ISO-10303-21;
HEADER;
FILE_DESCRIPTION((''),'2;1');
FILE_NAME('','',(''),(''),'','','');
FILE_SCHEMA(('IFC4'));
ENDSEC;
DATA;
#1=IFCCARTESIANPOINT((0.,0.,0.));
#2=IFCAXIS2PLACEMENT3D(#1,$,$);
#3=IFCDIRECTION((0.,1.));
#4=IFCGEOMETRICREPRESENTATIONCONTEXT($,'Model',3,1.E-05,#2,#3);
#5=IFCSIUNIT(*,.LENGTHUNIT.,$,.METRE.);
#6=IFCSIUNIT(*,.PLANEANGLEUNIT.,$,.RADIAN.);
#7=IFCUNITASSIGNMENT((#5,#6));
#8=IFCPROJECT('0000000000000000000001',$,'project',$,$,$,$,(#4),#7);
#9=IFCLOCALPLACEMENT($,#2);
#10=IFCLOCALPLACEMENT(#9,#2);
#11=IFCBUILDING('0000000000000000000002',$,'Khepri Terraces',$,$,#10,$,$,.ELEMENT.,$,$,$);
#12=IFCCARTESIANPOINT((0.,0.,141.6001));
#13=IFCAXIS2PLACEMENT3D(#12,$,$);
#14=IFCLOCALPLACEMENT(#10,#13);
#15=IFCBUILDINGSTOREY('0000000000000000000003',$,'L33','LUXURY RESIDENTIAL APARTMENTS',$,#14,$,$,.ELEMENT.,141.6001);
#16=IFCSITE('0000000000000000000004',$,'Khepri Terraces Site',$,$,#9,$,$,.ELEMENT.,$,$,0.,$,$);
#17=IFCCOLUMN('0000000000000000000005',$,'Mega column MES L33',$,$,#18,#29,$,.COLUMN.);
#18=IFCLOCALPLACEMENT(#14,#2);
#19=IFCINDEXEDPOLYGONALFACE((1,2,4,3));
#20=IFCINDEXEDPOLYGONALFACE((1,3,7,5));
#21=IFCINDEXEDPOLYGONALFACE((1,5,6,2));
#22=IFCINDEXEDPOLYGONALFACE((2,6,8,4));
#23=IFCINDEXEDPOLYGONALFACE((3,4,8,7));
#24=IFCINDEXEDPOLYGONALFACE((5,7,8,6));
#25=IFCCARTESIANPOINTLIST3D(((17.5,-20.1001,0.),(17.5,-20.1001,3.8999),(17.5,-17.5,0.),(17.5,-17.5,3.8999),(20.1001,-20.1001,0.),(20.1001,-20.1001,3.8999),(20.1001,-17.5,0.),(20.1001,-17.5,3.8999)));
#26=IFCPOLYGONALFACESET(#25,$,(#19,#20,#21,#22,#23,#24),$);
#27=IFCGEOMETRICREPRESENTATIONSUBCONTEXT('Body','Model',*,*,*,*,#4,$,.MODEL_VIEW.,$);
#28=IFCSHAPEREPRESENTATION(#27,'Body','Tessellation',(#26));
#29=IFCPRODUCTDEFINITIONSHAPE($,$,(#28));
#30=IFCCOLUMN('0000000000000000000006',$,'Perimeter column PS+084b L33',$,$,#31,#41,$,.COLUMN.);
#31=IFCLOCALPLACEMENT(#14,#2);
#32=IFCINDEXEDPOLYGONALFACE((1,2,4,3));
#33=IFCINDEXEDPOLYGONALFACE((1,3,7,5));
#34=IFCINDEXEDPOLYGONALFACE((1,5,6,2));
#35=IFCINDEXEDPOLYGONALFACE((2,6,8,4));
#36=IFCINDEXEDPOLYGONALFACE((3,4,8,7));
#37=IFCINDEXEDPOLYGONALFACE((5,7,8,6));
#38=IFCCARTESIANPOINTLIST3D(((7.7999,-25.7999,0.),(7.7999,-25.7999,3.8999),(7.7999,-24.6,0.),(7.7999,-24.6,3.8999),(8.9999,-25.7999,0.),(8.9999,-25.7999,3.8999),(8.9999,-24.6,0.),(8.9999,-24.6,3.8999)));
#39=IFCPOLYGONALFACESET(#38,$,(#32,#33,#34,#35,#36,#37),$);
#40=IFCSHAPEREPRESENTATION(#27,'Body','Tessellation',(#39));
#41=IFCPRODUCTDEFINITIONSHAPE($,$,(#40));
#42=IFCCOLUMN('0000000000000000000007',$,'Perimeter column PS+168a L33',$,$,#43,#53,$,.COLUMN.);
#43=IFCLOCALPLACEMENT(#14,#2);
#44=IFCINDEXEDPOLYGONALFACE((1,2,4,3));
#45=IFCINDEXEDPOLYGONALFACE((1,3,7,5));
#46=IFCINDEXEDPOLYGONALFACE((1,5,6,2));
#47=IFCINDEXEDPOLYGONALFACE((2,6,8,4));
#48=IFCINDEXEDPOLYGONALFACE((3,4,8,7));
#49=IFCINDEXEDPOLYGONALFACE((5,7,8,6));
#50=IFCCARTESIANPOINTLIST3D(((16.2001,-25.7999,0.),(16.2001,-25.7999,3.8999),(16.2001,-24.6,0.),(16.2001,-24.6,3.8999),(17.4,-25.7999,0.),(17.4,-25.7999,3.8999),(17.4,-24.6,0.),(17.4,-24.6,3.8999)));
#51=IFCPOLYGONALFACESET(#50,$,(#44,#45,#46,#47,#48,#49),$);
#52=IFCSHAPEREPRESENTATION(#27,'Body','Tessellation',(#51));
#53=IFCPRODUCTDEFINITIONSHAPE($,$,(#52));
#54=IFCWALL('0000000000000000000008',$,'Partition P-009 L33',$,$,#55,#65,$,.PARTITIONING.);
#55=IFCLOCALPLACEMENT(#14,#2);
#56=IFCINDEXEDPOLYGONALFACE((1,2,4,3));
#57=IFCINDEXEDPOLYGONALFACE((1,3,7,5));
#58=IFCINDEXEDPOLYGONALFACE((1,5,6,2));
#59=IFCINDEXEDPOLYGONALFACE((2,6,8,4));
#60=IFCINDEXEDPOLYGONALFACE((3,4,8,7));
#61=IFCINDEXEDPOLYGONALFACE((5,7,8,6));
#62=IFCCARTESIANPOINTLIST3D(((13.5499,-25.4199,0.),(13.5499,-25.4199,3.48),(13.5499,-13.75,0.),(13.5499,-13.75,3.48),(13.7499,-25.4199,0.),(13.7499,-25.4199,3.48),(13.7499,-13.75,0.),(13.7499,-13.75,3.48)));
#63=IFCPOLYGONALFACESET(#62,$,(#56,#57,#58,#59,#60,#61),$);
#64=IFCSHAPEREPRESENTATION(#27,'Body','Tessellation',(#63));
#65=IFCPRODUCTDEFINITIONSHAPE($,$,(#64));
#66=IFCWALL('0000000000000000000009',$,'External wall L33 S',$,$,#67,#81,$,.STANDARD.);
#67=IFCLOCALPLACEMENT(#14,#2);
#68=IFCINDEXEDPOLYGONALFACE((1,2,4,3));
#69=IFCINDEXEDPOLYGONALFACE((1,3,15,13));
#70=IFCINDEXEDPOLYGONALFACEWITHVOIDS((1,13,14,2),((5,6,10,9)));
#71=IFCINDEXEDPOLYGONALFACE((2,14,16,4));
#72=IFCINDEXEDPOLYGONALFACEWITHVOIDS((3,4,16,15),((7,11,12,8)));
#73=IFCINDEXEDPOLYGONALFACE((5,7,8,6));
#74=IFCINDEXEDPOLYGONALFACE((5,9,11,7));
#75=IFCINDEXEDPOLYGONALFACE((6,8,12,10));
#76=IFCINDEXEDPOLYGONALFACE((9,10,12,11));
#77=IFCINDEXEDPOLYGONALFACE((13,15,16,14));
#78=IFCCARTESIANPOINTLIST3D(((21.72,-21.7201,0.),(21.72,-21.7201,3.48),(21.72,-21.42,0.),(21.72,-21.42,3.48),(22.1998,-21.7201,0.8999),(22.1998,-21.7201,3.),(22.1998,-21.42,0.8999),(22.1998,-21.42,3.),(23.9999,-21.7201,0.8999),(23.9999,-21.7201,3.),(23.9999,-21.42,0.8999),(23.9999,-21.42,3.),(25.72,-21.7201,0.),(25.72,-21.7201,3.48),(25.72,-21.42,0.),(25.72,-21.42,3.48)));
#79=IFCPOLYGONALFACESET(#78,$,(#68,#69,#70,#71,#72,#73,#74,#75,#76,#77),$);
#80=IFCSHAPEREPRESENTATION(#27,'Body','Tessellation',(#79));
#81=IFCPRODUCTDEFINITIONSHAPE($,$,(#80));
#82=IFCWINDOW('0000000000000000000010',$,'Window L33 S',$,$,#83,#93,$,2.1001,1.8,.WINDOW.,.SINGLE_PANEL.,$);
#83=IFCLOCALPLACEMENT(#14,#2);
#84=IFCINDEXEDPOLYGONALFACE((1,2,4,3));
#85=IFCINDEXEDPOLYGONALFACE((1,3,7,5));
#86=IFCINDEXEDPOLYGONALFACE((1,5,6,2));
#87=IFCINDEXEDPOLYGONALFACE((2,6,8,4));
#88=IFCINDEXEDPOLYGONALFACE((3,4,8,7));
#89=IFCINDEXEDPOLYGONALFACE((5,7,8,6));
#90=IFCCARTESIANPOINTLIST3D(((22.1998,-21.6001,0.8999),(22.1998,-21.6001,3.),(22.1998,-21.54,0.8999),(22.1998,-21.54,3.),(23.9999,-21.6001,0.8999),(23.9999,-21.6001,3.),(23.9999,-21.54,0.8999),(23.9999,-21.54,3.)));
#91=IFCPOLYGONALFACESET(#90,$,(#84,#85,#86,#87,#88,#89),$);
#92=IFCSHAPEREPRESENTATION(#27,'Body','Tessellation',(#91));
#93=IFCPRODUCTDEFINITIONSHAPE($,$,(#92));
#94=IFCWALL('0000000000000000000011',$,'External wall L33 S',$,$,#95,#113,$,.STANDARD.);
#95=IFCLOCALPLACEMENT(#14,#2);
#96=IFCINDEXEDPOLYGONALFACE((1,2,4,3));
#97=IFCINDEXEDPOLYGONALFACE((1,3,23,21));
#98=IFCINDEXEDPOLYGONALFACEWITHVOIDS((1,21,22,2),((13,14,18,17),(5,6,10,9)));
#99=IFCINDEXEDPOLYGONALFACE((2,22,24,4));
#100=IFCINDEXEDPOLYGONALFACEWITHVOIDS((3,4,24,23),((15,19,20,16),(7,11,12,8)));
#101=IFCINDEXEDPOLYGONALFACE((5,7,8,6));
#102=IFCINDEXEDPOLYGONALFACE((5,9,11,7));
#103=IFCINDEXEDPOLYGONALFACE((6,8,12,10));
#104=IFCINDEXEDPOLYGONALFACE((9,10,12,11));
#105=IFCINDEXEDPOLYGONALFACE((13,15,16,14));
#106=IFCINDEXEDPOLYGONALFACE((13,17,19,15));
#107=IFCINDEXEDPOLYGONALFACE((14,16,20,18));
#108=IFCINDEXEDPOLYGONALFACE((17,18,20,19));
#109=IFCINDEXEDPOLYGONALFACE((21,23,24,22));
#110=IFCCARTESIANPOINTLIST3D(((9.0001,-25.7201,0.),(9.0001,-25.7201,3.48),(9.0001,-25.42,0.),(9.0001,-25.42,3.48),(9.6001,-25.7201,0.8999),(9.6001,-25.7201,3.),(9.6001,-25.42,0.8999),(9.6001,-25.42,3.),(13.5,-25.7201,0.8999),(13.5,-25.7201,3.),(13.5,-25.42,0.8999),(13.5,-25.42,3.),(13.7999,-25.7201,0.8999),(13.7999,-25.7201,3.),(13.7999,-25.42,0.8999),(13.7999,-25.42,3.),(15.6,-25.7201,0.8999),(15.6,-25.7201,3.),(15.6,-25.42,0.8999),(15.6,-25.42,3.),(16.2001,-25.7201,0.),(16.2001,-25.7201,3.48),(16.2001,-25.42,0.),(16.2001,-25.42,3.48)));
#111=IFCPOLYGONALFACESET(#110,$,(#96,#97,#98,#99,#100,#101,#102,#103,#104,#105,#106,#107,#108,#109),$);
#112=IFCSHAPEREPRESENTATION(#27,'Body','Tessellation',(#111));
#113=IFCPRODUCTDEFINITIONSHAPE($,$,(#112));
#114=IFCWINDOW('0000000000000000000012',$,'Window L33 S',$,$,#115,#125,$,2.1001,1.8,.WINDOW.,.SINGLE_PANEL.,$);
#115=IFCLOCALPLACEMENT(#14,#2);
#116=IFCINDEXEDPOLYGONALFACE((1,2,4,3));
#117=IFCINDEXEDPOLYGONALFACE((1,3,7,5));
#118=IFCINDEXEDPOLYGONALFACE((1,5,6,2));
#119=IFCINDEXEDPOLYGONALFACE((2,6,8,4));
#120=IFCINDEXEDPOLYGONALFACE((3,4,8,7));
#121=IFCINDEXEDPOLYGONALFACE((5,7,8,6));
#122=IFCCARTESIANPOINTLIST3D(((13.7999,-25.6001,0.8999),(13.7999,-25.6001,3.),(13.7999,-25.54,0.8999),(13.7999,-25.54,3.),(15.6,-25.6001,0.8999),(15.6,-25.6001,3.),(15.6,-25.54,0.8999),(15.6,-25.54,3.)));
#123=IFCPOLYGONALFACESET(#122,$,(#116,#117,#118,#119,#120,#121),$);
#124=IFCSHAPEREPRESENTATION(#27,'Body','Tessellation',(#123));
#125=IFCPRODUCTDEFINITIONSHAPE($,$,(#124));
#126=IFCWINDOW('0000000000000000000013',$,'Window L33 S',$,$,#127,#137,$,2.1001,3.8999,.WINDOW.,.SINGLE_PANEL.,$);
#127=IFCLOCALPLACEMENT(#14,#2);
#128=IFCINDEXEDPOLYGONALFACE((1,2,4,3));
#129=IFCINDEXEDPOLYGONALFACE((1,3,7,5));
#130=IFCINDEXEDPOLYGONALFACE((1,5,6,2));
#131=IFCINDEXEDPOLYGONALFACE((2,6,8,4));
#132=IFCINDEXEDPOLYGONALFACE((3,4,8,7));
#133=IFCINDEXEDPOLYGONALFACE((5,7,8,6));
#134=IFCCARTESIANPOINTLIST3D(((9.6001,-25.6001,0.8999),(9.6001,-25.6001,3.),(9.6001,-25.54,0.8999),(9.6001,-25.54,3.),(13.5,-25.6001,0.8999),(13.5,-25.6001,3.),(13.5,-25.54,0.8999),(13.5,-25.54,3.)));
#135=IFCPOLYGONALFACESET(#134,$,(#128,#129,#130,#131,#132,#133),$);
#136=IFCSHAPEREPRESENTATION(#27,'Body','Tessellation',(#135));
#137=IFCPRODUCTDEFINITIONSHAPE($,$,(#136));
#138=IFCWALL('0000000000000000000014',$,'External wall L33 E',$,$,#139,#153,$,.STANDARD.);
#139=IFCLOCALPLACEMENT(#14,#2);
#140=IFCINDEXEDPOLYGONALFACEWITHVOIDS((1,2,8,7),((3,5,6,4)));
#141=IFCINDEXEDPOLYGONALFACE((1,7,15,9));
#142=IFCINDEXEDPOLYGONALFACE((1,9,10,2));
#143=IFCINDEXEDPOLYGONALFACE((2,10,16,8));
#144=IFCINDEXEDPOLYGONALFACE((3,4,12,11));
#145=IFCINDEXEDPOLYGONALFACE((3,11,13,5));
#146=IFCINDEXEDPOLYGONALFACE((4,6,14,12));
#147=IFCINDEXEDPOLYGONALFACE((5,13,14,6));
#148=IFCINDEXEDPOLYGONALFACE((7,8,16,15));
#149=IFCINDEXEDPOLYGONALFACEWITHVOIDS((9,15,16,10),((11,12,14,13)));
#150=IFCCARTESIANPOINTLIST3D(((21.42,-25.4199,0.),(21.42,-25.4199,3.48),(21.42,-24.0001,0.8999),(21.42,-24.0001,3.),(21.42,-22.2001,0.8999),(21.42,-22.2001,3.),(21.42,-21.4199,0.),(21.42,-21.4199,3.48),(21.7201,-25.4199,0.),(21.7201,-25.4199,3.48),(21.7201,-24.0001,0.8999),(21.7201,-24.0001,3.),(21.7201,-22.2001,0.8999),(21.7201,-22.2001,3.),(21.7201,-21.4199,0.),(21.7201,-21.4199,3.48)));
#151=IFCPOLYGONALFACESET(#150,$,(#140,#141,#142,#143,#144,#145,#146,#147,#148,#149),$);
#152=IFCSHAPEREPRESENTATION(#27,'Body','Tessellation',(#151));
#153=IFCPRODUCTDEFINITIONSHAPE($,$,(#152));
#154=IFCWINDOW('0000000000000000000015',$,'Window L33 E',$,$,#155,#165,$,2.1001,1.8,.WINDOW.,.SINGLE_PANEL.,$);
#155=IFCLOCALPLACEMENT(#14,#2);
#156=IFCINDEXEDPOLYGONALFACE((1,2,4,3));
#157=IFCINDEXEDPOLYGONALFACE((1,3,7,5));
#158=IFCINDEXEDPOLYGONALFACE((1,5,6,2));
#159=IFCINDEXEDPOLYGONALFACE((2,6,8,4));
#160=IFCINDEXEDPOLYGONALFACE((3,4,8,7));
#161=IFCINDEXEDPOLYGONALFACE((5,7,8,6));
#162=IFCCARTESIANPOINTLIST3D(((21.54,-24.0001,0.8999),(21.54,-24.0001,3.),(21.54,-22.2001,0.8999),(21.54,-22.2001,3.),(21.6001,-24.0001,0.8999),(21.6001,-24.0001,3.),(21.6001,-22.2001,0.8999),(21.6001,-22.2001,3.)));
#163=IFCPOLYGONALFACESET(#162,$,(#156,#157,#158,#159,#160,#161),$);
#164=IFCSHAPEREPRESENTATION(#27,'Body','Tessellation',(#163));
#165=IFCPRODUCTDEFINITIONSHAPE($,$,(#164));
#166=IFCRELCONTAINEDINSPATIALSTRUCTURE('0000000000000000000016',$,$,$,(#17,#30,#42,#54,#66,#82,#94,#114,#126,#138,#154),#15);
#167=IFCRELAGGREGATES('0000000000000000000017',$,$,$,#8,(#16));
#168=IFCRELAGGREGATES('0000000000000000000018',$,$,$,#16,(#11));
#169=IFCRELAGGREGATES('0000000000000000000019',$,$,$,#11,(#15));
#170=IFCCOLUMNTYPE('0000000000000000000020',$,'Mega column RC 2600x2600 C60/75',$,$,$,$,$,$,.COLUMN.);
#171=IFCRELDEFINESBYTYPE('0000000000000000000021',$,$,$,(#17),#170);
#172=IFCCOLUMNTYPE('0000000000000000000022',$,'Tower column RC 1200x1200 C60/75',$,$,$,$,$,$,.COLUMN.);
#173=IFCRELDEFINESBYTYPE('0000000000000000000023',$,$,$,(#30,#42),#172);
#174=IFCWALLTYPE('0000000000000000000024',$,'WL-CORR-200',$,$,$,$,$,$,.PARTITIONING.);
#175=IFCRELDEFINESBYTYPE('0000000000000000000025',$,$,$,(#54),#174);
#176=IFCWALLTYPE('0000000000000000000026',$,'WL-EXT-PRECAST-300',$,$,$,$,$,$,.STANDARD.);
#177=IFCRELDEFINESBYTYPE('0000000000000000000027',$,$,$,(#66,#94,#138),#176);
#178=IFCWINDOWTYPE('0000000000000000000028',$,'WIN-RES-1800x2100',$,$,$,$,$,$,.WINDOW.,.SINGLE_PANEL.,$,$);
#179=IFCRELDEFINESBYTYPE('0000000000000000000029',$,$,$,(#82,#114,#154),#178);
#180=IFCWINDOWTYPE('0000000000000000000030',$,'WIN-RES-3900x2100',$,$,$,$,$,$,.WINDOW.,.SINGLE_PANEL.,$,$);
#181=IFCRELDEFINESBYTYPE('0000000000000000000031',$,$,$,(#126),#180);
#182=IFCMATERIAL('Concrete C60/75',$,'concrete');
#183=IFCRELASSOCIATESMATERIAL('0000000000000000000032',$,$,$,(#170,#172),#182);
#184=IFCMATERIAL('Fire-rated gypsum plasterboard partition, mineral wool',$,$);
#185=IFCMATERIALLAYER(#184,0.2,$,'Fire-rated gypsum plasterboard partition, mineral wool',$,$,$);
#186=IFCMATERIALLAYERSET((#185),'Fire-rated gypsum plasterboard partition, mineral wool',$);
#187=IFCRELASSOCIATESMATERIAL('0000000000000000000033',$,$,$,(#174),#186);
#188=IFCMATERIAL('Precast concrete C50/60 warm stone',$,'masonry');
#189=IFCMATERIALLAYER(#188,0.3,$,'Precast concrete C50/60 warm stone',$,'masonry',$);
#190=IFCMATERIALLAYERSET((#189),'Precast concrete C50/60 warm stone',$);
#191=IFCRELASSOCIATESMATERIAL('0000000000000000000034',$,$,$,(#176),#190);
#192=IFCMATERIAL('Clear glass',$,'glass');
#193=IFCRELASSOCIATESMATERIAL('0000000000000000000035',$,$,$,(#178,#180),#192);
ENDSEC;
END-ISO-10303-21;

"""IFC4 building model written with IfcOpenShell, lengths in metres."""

from ifc_helpers import new_model, si_unit, direction, frame, frame_2d, origin, origin_2d, place, context, subcontext, project, spatial, rectangle, extrude, material, layer, layer_set, material_profile, profile_set, type_object, element, fill, save


model = new_model("IFC4")

# Units and contexts
model_context = context("Model", 3, precision=1e-05, world=origin(), true_north=direction((0.0, 1.0)))
body_context = subcontext(model_context, "Body", "Model", "MODEL_VIEW")
ifc_project = project(units=[si_unit("LENGTHUNIT", "METRE"), si_unit("PLANEANGLEUNIT", "RADIAN")], contexts=[model_context])

# Site, building, storey
site_placement = place(None, origin())
site = spatial("IfcSite", under=ifc_project, at=site_placement, Name="Khepri Terraces Site", CompositionType="ELEMENT", RefElevation=0.0)
building_placement = place(site_placement, origin())
building = spatial("IfcBuilding", under=site, at=building_placement, Name="Khepri Terraces", CompositionType="ELEMENT")
storey_placement = place(building_placement, frame((0.0, 0.0, 141.6001)))
storey = spatial("IfcBuildingStorey", under=building, at=storey_placement, Name="L33", Description="LUXURY RESIDENTIAL APARTMENTS", CompositionType="ELEMENT", Elevation=141.6001)

# Columns
ifc_material_1 = material(Name="Concrete C60/75", Category="concrete")
ifc_material_profile_1 = material_profile(ifc_material_1, rectangle(XDim=2.6001, YDim=2.6001, at=origin_2d()), Name="Concrete C60/75", Category="concrete")
ifc_profile_set_1 = profile_set([ifc_material_profile_1], Name="Concrete C60/75")
column_type_1 = type_object("IfcColumnType", Name="Mega column RC 2600x2600 C60/75", PredefinedType="COLUMN", material=ifc_profile_set_1)
column_placement = place(storey_placement, frame((18.8, -18.8, 0.0), z_axis=(0.0, 0.0, 1.0), x_axis=(1.0, 0.0, 0.0)))
element("IfcColumn", 1, at=column_placement, inside=storey, type_object=column_type_1, Name="Mega column MES L33", PredefinedType="COLUMN", context=body_context, shape_type="SweptSolid", body=[
    extrude(rectangle(XDim=2.6001, YDim=2.6001, at=origin_2d()), origin(), (0.0, 0.0, 1.0), 3.8999),
])
ifc_material_profile_2 = material_profile(ifc_material_1, rectangle(XDim=1.2, YDim=1.2, at=origin_2d()), Name="Concrete C60/75", Category="concrete")
ifc_profile_set_2 = profile_set([ifc_material_profile_2], Name="Concrete C60/75")
column_type_2 = type_object("IfcColumnType", Name="Tower column RC 1200x1200 C60/75", PredefinedType="COLUMN", material=ifc_profile_set_2)
for number, where, z_axis, x_axis, name in (
    (2, (8.3999, -25.2, 0.0), (0.0, 0.0, 1.0), (1.0, 0.0, 0.0), "Perimeter column PS+084b L33"),
    (3, (16.8, -25.2, 0.0), (0.0, 0.0, 1.0), (1.0, 0.0, 0.0), "Perimeter column PS+168a L33"),
):
    element("IfcColumn", number, at=place(storey_placement, frame(where, z_axis=z_axis, x_axis=x_axis)), inside=storey, type_object=column_type_2, Name=name, PredefinedType="COLUMN", context=body_context, shape_type="SweptSolid", body=[
        extrude(rectangle(XDim=1.2, YDim=1.2, at=origin_2d()), origin(), (0.0, 0.0, 1.0), 3.8999),
    ])

# Wall
ifc_material_2 = material(Name="Fire-rated gypsum plasterboard partition, mineral wool")
ifc_layer_1 = layer(ifc_material_2, 0.2, Name="Fire-rated gypsum plasterboard partition, mineral wool")
ifc_layer_set_1 = layer_set([ifc_layer_1], Name="Fire-rated gypsum plasterboard partition, mineral wool")
wall_type_1 = type_object("IfcWallType", Name="WL-CORR-200", PredefinedType="PARTITIONING", material=ifc_layer_set_1)
wall_1_placement = place(storey_placement, frame((13.6499, -25.4199, 0.0), z_axis=(0.0, 0.0, 1.0), x_axis=(0.0, 1.0, 0.0)))
element("IfcWall", 4, at=wall_1_placement, inside=storey, type_object=wall_type_1, Name="Partition P-009 L33", PredefinedType="PARTITIONING", context=body_context, shape_type="SweptSolid", body=[
    extrude(rectangle(XDim=11.6699, YDim=0.2, at=frame_2d((5.835, 0.0))), origin(), (0.0, 0.0, 1.0), 3.48),
])

# Wall, opening, window
ifc_material_3 = material(Name="Precast concrete C50/60 warm stone", Category="masonry")
ifc_layer_2 = layer(ifc_material_3, 0.3, Name="Precast concrete C50/60 warm stone", Category="masonry")
ifc_layer_set_2 = layer_set([ifc_layer_2], Name="Precast concrete C50/60 warm stone")
wall_type_2 = type_object("IfcWallType", Name="WL-EXT-PRECAST-300", PredefinedType="STANDARD", material=ifc_layer_set_2)
wall_2_placement = place(storey_placement, frame((21.72, -21.5701, 0.0), z_axis=(0.0, 0.0, 1.0), x_axis=(1.0, 0.0, 0.0)))
wall_2 = element("IfcWall", 5, at=wall_2_placement, inside=storey, type_object=wall_type_2, Name="External wall L33 S", PredefinedType="STANDARD", context=body_context, shape_type="SweptSolid", body=[
    extrude(rectangle(XDim=4.0, YDim=0.3, at=frame_2d((2.0, 0.0))), origin(), (0.0, 0.0, 1.0), 3.48),
])
opening_1_placement = place(wall_2_placement, frame((0.48, 0.0, 0.8999)))
opening_1 = element("IfcOpeningElement", 6, at=opening_1_placement, cuts=wall_2, PredefinedType="OPENING", context=body_context, shape_type="SweptSolid", body=[
    extrude(rectangle(XDim=1.8, YDim=2.1001, at=frame_2d((0.8999, 1.05))), frame((0.0, 0.1602, 0.0), z_axis=(0.0, -1.0, 0.0), x_axis=(1.0, 0.0, 0.0)), (0.0, 0.0, 1.0), 0.3201),
])
ifc_material_4 = material(Name="Clear glass", Category="glass")
window_type_1 = type_object("IfcWindowType", Name="WIN-RES-1800x2100", PartitioningType="SINGLE_PANEL", PredefinedType="WINDOW", material=ifc_material_4)
window_1_placement = place(opening_1_placement, origin())
window_1 = element("IfcWindow", 7, at=window_1_placement, inside=storey, type_object=window_type_1, Name="Window L33 S", OverallHeight=2.1001, OverallWidth=1.8, PartitioningType="SINGLE_PANEL", PredefinedType="WINDOW", context=body_context, shape_type="SweptSolid", body=[
    extrude(rectangle(XDim=1.8, YDim=2.1001, at=frame_2d((0.8999, 1.05))), frame((0.0, 0.03, 0.0), z_axis=(0.0, -1.0, 0.0), x_axis=(1.0, 0.0, 0.0)), (0.0, 0.0, 1.0), 0.0601),
])
fill(opening_1, window_1)

# Wall, openings, windows
wall_3_placement = place(storey_placement, frame((9.0, -25.5701, 0.0), z_axis=(0.0, 0.0, 1.0), x_axis=(1.0, 0.0, 0.0)))
wall_3 = element("IfcWall", 8, at=wall_3_placement, inside=storey, type_object=wall_type_2, Name="External wall L33 S", PredefinedType="STANDARD", context=body_context, shape_type="SweptSolid", body=[
    extrude(rectangle(XDim=7.2, YDim=0.3, at=frame_2d((3.6001, 0.0))), origin(), (0.0, 0.0, 1.0), 3.48),
])
opening_2_placement = place(wall_3_placement, frame((0.6001, 0.0, 0.8999)))
opening_2 = element("IfcOpeningElement", 9, at=opening_2_placement, cuts=wall_3, PredefinedType="OPENING", context=body_context, shape_type="SweptSolid", body=[
    extrude(rectangle(XDim=3.8999, YDim=2.1001, at=frame_2d((1.95, 1.05))), frame((0.0, 0.1602, 0.0), z_axis=(0.0, -1.0, 0.0), x_axis=(1.0, 0.0, 0.0)), (0.0, 0.0, 1.0), 0.3201),
])
opening_3_placement = place(wall_3_placement, frame((4.8, 0.0, 0.8999)))
opening_3 = element("IfcOpeningElement", 10, at=opening_3_placement, cuts=wall_3, PredefinedType="OPENING", context=body_context, shape_type="SweptSolid", body=[
    extrude(rectangle(XDim=1.8, YDim=2.1001, at=frame_2d((0.8999, 1.05))), frame((0.0, 0.1602, 0.0), z_axis=(0.0, -1.0, 0.0), x_axis=(1.0, 0.0, 0.0)), (0.0, 0.0, 1.0), 0.3201),
])
window_2_placement = place(opening_3_placement, origin())
window_2 = element("IfcWindow", 11, at=window_2_placement, inside=storey, type_object=window_type_1, Name="Window L33 S", OverallHeight=2.1001, OverallWidth=1.8, PartitioningType="SINGLE_PANEL", PredefinedType="WINDOW", context=body_context, shape_type="SweptSolid", body=[
    extrude(rectangle(XDim=1.8, YDim=2.1001, at=frame_2d((0.8999, 1.05))), frame((0.0, 0.03, 0.0), z_axis=(0.0, -1.0, 0.0), x_axis=(1.0, 0.0, 0.0)), (0.0, 0.0, 1.0), 0.0601),
])
fill(opening_3, window_2)
window_type_2 = type_object("IfcWindowType", Name="WIN-RES-3900x2100", PartitioningType="SINGLE_PANEL", PredefinedType="WINDOW", material=ifc_material_4)
window_3_placement = place(opening_2_placement, origin())
window_3 = element("IfcWindow", 12, at=window_3_placement, inside=storey, type_object=window_type_2, Name="Window L33 S", OverallHeight=2.1001, OverallWidth=3.8999, PartitioningType="SINGLE_PANEL", PredefinedType="WINDOW", context=body_context, shape_type="SweptSolid", body=[
    extrude(rectangle(XDim=3.8999, YDim=2.1001, at=frame_2d((1.95, 1.05))), frame((0.0, 0.03, 0.0), z_axis=(0.0, -1.0, 0.0), x_axis=(1.0, 0.0, 0.0)), (0.0, 0.0, 1.0), 0.0601),
])
fill(opening_2, window_3)

# Wall, opening, window
wall_4_placement = place(storey_placement, frame((21.5701, -25.4199, 0.0), z_axis=(0.0, 0.0, 1.0), x_axis=(0.0, 1.0, 0.0)))
wall_4 = element("IfcWall", 13, at=wall_4_placement, inside=storey, type_object=wall_type_2, Name="External wall L33 E", PredefinedType="STANDARD", context=body_context, shape_type="SweptSolid", body=[
    extrude(rectangle(XDim=4.0, YDim=0.3, at=frame_2d((2.0, 0.0))), origin(), (0.0, 0.0, 1.0), 3.48),
])
opening_4_placement = place(wall_4_placement, frame((1.4199, 0.0, 0.8999)))
opening_4 = element("IfcOpeningElement", 14, at=opening_4_placement, cuts=wall_4, PredefinedType="OPENING", context=body_context, shape_type="SweptSolid", body=[
    extrude(rectangle(XDim=1.8, YDim=2.1001, at=frame_2d((0.8999, 1.05))), frame((0.0, 0.1602, 0.0), z_axis=(0.0, -1.0, 0.0), x_axis=(1.0, 0.0, 0.0)), (0.0, 0.0, 1.0), 0.3201),
])
window_4_placement = place(opening_4_placement, origin())
window_4 = element("IfcWindow", 15, at=window_4_placement, inside=storey, type_object=window_type_1, Name="Window L33 E", OverallHeight=2.1001, OverallWidth=1.8, PartitioningType="SINGLE_PANEL", PredefinedType="WINDOW", context=body_context, shape_type="SweptSolid", body=[
    extrude(rectangle(XDim=1.8, YDim=2.1001, at=frame_2d((0.8999, 1.05))), frame((0.0, 0.03, 0.0), z_axis=(0.0, -1.0, 0.0), x_axis=(1.0, 0.0, 0.0)), (0.0, 0.0, 1.0), 0.0601),
])
fill(opening_4, window_4)

save(model, "model.ifc")
